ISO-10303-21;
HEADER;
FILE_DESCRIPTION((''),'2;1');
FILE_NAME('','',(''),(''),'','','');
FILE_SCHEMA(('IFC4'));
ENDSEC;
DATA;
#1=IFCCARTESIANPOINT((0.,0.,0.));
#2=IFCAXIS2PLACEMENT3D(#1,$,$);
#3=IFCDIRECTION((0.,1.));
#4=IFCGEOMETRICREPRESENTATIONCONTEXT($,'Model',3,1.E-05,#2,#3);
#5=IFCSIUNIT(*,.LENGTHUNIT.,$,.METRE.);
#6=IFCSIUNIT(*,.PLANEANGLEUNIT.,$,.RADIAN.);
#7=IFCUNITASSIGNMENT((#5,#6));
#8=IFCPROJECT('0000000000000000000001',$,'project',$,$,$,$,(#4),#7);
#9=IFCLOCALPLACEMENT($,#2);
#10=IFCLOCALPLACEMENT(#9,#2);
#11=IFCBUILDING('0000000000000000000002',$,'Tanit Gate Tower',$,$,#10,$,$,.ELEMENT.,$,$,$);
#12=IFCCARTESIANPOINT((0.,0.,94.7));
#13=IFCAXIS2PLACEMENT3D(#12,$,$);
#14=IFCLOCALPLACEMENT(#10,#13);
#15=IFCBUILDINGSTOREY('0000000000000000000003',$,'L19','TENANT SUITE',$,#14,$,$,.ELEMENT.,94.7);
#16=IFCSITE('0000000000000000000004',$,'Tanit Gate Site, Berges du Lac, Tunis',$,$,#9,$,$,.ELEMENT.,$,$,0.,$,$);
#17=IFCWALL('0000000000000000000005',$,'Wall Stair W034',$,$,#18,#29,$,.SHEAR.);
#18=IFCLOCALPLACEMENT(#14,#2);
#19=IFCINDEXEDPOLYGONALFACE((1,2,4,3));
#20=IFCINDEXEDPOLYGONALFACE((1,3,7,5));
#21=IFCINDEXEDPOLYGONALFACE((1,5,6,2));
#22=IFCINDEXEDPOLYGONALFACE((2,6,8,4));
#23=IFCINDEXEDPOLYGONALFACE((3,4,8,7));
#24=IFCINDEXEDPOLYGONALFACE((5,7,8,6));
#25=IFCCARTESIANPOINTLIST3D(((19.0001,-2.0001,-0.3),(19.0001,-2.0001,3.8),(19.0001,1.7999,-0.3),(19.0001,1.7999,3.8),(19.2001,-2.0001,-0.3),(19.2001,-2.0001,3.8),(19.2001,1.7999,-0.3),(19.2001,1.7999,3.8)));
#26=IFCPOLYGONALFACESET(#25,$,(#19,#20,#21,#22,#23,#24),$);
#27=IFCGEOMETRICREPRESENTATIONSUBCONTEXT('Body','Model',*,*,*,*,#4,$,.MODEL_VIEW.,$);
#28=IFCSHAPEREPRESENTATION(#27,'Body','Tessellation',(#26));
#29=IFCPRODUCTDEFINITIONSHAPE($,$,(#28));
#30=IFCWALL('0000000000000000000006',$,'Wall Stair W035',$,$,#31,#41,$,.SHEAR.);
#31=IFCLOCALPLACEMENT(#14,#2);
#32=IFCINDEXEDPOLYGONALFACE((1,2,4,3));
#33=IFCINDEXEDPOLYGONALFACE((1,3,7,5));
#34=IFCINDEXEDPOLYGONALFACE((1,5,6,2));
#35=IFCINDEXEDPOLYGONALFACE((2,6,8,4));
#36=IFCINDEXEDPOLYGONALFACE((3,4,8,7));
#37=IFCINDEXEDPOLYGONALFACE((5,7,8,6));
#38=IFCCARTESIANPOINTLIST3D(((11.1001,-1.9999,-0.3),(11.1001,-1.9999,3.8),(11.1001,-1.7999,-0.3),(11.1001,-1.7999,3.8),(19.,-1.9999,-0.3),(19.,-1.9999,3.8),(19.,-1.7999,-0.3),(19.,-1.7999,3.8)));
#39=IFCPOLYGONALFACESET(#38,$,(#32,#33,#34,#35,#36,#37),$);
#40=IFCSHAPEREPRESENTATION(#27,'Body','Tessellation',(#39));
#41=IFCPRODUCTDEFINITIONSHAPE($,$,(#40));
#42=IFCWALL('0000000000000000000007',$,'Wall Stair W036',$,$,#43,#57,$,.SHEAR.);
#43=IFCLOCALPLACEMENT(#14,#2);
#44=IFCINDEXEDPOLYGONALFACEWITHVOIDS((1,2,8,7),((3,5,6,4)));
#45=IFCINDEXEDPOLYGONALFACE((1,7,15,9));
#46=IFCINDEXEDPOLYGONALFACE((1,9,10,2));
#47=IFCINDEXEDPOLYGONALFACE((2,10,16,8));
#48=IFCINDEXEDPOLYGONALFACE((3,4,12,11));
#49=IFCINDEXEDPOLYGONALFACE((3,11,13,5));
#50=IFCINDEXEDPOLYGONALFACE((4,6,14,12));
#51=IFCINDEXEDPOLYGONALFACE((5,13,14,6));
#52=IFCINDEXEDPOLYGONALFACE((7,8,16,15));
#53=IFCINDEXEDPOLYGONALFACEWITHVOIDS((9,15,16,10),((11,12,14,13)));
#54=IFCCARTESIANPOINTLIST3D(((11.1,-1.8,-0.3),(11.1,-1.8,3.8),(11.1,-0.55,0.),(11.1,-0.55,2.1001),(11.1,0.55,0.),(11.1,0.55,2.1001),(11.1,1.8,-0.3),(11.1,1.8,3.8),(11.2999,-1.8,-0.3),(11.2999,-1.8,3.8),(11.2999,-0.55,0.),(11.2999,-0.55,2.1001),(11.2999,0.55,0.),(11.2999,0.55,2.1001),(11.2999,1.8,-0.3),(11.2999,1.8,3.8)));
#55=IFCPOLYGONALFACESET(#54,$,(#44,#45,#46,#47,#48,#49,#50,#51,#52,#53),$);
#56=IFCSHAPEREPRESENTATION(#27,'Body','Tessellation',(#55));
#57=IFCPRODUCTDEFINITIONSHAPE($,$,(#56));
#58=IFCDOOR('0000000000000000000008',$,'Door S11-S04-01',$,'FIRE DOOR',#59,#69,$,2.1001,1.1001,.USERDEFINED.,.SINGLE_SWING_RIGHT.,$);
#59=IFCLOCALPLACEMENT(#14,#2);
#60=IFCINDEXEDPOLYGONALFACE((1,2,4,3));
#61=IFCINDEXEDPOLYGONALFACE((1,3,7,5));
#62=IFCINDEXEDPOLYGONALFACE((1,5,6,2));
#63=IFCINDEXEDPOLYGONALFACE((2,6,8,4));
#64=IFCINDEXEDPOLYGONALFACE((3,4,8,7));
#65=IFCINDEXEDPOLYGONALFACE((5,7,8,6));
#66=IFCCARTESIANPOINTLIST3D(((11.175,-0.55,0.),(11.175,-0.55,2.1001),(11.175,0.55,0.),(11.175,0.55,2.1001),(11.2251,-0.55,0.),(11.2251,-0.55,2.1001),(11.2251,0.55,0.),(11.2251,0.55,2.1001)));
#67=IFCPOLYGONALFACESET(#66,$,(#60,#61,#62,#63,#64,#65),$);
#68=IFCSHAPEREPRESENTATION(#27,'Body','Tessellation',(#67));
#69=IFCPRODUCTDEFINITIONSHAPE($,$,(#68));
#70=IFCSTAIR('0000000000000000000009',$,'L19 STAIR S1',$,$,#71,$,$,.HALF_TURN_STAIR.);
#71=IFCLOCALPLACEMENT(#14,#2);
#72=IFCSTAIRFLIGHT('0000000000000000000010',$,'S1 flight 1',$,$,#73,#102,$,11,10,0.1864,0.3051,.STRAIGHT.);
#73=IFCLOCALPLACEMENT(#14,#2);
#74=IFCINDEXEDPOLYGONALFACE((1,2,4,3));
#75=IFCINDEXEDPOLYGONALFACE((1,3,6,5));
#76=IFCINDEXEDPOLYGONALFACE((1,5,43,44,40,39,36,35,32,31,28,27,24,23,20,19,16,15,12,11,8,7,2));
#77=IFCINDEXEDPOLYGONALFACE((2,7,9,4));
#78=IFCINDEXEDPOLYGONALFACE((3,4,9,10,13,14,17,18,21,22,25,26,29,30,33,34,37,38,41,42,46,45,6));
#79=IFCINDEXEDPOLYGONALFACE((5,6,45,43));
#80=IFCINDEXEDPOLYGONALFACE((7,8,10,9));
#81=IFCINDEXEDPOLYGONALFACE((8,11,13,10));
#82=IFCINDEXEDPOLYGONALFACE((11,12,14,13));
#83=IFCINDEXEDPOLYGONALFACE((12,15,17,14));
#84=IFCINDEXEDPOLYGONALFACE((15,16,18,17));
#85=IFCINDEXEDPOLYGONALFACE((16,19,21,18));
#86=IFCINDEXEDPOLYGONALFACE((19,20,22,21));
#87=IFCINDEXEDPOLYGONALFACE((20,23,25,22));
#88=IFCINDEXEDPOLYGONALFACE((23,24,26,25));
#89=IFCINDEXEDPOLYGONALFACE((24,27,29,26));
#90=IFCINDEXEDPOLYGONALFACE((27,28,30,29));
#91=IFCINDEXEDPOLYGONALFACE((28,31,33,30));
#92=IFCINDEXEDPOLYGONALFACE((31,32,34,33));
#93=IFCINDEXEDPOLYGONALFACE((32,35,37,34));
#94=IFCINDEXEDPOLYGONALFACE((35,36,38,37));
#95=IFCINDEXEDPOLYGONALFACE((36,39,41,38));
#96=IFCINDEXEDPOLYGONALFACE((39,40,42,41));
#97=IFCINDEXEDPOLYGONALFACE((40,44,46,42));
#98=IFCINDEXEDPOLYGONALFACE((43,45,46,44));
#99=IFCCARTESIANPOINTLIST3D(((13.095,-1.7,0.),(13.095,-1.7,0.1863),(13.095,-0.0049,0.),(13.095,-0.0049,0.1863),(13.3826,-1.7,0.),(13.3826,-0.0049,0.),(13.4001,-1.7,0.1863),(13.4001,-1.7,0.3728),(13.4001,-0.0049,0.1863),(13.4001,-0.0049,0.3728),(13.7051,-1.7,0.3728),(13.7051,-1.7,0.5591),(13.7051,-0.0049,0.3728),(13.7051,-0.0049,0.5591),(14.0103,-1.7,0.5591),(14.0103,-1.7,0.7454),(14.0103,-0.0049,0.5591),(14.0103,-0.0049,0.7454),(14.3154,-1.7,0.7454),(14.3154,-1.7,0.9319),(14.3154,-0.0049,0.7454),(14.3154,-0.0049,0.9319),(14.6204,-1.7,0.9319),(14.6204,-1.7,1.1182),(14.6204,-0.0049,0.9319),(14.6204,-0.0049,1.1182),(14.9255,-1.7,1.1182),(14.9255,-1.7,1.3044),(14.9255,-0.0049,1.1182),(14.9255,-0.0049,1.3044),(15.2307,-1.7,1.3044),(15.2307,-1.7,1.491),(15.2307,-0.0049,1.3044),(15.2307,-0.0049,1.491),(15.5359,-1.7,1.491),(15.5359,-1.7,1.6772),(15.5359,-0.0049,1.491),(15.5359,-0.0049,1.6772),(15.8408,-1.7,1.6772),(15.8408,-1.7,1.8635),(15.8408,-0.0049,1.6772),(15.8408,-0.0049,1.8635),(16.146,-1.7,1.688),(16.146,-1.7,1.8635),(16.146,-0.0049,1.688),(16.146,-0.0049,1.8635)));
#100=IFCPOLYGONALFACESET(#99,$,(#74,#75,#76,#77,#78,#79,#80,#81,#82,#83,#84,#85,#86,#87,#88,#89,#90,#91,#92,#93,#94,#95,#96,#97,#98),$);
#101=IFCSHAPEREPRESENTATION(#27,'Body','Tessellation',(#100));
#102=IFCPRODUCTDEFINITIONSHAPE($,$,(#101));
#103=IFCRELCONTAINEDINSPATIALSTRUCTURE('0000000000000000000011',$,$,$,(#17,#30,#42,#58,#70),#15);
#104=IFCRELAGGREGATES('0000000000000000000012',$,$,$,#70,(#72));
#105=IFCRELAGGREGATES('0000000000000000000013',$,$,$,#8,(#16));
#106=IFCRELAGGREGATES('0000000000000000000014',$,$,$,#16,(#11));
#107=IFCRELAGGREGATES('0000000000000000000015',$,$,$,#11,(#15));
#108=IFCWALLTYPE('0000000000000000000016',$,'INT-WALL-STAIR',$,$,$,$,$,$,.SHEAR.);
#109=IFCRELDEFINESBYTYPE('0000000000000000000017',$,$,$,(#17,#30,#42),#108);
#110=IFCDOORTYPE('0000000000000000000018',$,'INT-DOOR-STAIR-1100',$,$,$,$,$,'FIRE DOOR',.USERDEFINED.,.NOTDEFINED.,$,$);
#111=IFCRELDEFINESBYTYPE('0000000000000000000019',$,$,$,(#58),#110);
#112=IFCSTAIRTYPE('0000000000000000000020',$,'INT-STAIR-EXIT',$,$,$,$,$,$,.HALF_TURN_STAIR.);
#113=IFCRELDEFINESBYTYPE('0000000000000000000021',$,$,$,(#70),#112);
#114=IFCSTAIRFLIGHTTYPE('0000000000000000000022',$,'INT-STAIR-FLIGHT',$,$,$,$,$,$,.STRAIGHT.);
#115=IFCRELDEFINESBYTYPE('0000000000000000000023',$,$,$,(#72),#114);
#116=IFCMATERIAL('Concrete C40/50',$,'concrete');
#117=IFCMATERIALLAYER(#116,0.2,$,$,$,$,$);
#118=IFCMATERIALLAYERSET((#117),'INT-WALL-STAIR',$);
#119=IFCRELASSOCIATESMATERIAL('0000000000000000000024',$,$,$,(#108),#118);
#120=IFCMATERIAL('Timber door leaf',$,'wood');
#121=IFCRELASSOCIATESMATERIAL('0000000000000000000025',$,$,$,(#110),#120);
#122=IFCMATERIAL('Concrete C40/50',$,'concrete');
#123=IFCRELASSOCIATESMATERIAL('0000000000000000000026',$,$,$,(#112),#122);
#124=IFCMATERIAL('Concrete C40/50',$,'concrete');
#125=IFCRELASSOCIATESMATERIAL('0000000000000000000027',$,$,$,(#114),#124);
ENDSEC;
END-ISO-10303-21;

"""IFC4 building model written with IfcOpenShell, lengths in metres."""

from ifc_helpers import new_model, si_unit, direction, frame, frame_2d, origin, place, context, subcontext, project, spatial, polyline, rectangle, outline, extrude, material, layer, layer_set, type_object, element, fill, aggregate, save


model = new_model("IFC4")

# Units and contexts
model_context = context("Model", 3, precision=1e-05, world=origin(), true_north=direction((0.0, 1.0)))
body_context = subcontext(model_context, "Body", "Model", "MODEL_VIEW")
ifc_project = project(units=[si_unit("LENGTHUNIT", "METRE"), si_unit("PLANEANGLEUNIT", "RADIAN")], contexts=[model_context])

# Site, building, storey
site_placement = place(None, origin())
site = spatial("IfcSite", under=ifc_project, at=site_placement, Name="Tanit Gate Site, Berges du Lac, Tunis", CompositionType="ELEMENT", RefElevation=0.0)
building_placement = place(site_placement, origin())
building = spatial("IfcBuilding", under=site, at=building_placement, Name="Tanit Gate Tower", CompositionType="ELEMENT")
storey_placement = place(building_placement, frame((0.0, 0.0, 94.7)))
storey = spatial("IfcBuildingStorey", under=building, at=storey_placement, Name="L19", Description="TENANT SUITE", CompositionType="ELEMENT", Elevation=94.7)

# Walls
ifc_material_1 = material(Name="Concrete C40/50", Category="concrete")
ifc_layer_1 = layer(ifc_material_1, 0.2)
ifc_layer_set_1 = layer_set([ifc_layer_1], Name="INT-WALL-STAIR")
wall_type_1 = type_object("IfcWallType", Name="INT-WALL-STAIR", PredefinedType="SHEAR", material=ifc_layer_set_1)
wall_1_placement = place(storey_placement, frame((19.1001, -2.0, -0.3), z_axis=(0.0, 0.0, 1.0), x_axis=(0.0, 1.0, 0.0)))
element("IfcWall", 1, at=wall_1_placement, inside=storey, type_object=wall_type_1, Name="Wall Stair W034", PredefinedType="SHEAR", context=body_context, shape_type="SweptSolid", body=[
    extrude(rectangle(XDim=3.8, YDim=0.2, at=frame_2d((1.8999, 0.0))), origin(), (0.0, 0.0, 1.0), 4.1001),
])
wall_2_placement = place(storey_placement, frame((11.1001, -1.8999, -0.3), z_axis=(0.0, 0.0, 1.0), x_axis=(1.0, 0.0, 0.0)))
element("IfcWall", 2, at=wall_2_placement, inside=storey, type_object=wall_type_1, Name="Wall Stair W035", PredefinedType="SHEAR", context=body_context, shape_type="SweptSolid", body=[
    extrude(rectangle(XDim=7.8999, YDim=0.2, at=frame_2d((3.95, 0.0))), origin(), (0.0, 0.0, 1.0), 4.1001),
])

# Wall, opening, door
wall_3_placement = place(storey_placement, frame((11.2, -1.8, -0.3), z_axis=(0.0, 0.0, 1.0), x_axis=(0.0, 1.0, 0.0)))
wall_3 = element("IfcWall", 3, at=wall_3_placement, inside=storey, type_object=wall_type_1, Name="Wall Stair W036", PredefinedType="SHEAR", context=body_context, shape_type="SweptSolid", body=[
    extrude(rectangle(XDim=3.6001, YDim=0.2, at=frame_2d((1.8, 0.0))), origin(), (0.0, 0.0, 1.0), 4.1001),
])
opening_1_placement = place(wall_3_placement, frame((1.25, 0.0, 0.3)))
opening_1 = element("IfcOpeningElement", 4, at=opening_1_placement, cuts=wall_3, PredefinedType="OPENING", context=body_context, shape_type="SweptSolid", body=[
    extrude(rectangle(XDim=1.1001, YDim=2.1001, at=frame_2d((0.55, 1.05))), frame((0.0, 0.1099, 0.0), z_axis=(0.0, -1.0, 0.0), x_axis=(1.0, 0.0, 0.0)), (0.0, 0.0, 1.0), 0.22),
])
ifc_material_2 = material(Name="Timber door leaf", Category="wood")
door_type_1 = type_object("IfcDoorType", Name="INT-DOOR-STAIR-1100", ElementType="FIRE DOOR", OperationType="NOTDEFINED", PredefinedType="USERDEFINED", material=ifc_material_2)
door_1_placement = place(opening_1_placement, origin())
door_1 = element("IfcDoor", 5, at=door_1_placement, inside=storey, type_object=door_type_1, Name="Door S11-S04-01", ObjectType="FIRE DOOR", OperationType="SINGLE_SWING_RIGHT", OverallHeight=2.1001, OverallWidth=1.1001, PredefinedType="USERDEFINED", context=body_context, shape_type="SweptSolid", body=[
    extrude(rectangle(XDim=1.1001, YDim=2.1001, at=frame_2d((0.55, 1.05))), frame((0.0, 0.0249, 0.0), z_axis=(0.0, -1.0, 0.0), x_axis=(1.0, 0.0, 0.0)), (0.0, 0.0, 1.0), 0.05),
])
fill(opening_1, door_1)

# Stair, stair flight
ifc_material_3 = material(Name="Concrete C40/50", Category="concrete")
stair_type = type_object("IfcStairType", Name="INT-STAIR-EXIT", PredefinedType="HALF_TURN_STAIR", material=ifc_material_3)
stair_placement = place(storey_placement, origin())
stair = element("IfcStair", 6, at=stair_placement, inside=storey, type_object=stair_type, Name="L19 STAIR S1", PredefinedType="HALF_TURN_STAIR")
ifc_material_4 = material(Name="Concrete C40/50", Category="concrete")
stair_flight_type = type_object("IfcStairFlightType", Name="INT-STAIR-FLIGHT", PredefinedType="STRAIGHT", material=ifc_material_4)
stair_flight_placement = place(storey_placement, frame((13.095, -0.8525, 0.0), z_axis=(0.0, 0.0, 1.0), x_axis=(1.0, 0.0, 0.0)))
stair_flight = element("IfcStairFlight", 7, at=stair_flight_placement, type_object=stair_flight_type, Name="S1 flight 1", NumberOfRisers=11, NumberOfTreads=10, PredefinedType="STRAIGHT", RiserHeight=0.1864, TreadLength=0.3051, context=body_context, shape_type="SweptSolid", body=[
    extrude(outline(polyline([(0.0, 0.0), (0.0, 0.1863), (0.3052, 0.1863), (0.3052, 0.3728), (0.6101, 0.3728), (0.6101, 0.5591), (0.9153, 0.5591), (0.9153, 0.7454), (1.2205, 0.7454), (1.2205, 0.9319), (1.5254, 0.9319), (1.5254, 1.1182), (1.8306, 1.1182), (1.8306, 1.3044), (2.1357, 1.3044), (2.1357, 1.491), (2.4409, 1.491), (2.4409, 1.6772), (2.7458, 1.6772), (2.7458, 1.8635), (3.051, 1.8635), (3.051, 2.05), (3.051, 1.688), (0.2876, 0.0), (0.0, 0.0)])), frame((0.0, 0.8477, 0.0), z_axis=(0.0, -1.0, 0.0), x_axis=(1.0, 0.0, 0.0)), (0.0, 0.0, 1.0), 1.6951),
])
aggregate(stair, [stair_flight])

save(model, "model.ifc")
